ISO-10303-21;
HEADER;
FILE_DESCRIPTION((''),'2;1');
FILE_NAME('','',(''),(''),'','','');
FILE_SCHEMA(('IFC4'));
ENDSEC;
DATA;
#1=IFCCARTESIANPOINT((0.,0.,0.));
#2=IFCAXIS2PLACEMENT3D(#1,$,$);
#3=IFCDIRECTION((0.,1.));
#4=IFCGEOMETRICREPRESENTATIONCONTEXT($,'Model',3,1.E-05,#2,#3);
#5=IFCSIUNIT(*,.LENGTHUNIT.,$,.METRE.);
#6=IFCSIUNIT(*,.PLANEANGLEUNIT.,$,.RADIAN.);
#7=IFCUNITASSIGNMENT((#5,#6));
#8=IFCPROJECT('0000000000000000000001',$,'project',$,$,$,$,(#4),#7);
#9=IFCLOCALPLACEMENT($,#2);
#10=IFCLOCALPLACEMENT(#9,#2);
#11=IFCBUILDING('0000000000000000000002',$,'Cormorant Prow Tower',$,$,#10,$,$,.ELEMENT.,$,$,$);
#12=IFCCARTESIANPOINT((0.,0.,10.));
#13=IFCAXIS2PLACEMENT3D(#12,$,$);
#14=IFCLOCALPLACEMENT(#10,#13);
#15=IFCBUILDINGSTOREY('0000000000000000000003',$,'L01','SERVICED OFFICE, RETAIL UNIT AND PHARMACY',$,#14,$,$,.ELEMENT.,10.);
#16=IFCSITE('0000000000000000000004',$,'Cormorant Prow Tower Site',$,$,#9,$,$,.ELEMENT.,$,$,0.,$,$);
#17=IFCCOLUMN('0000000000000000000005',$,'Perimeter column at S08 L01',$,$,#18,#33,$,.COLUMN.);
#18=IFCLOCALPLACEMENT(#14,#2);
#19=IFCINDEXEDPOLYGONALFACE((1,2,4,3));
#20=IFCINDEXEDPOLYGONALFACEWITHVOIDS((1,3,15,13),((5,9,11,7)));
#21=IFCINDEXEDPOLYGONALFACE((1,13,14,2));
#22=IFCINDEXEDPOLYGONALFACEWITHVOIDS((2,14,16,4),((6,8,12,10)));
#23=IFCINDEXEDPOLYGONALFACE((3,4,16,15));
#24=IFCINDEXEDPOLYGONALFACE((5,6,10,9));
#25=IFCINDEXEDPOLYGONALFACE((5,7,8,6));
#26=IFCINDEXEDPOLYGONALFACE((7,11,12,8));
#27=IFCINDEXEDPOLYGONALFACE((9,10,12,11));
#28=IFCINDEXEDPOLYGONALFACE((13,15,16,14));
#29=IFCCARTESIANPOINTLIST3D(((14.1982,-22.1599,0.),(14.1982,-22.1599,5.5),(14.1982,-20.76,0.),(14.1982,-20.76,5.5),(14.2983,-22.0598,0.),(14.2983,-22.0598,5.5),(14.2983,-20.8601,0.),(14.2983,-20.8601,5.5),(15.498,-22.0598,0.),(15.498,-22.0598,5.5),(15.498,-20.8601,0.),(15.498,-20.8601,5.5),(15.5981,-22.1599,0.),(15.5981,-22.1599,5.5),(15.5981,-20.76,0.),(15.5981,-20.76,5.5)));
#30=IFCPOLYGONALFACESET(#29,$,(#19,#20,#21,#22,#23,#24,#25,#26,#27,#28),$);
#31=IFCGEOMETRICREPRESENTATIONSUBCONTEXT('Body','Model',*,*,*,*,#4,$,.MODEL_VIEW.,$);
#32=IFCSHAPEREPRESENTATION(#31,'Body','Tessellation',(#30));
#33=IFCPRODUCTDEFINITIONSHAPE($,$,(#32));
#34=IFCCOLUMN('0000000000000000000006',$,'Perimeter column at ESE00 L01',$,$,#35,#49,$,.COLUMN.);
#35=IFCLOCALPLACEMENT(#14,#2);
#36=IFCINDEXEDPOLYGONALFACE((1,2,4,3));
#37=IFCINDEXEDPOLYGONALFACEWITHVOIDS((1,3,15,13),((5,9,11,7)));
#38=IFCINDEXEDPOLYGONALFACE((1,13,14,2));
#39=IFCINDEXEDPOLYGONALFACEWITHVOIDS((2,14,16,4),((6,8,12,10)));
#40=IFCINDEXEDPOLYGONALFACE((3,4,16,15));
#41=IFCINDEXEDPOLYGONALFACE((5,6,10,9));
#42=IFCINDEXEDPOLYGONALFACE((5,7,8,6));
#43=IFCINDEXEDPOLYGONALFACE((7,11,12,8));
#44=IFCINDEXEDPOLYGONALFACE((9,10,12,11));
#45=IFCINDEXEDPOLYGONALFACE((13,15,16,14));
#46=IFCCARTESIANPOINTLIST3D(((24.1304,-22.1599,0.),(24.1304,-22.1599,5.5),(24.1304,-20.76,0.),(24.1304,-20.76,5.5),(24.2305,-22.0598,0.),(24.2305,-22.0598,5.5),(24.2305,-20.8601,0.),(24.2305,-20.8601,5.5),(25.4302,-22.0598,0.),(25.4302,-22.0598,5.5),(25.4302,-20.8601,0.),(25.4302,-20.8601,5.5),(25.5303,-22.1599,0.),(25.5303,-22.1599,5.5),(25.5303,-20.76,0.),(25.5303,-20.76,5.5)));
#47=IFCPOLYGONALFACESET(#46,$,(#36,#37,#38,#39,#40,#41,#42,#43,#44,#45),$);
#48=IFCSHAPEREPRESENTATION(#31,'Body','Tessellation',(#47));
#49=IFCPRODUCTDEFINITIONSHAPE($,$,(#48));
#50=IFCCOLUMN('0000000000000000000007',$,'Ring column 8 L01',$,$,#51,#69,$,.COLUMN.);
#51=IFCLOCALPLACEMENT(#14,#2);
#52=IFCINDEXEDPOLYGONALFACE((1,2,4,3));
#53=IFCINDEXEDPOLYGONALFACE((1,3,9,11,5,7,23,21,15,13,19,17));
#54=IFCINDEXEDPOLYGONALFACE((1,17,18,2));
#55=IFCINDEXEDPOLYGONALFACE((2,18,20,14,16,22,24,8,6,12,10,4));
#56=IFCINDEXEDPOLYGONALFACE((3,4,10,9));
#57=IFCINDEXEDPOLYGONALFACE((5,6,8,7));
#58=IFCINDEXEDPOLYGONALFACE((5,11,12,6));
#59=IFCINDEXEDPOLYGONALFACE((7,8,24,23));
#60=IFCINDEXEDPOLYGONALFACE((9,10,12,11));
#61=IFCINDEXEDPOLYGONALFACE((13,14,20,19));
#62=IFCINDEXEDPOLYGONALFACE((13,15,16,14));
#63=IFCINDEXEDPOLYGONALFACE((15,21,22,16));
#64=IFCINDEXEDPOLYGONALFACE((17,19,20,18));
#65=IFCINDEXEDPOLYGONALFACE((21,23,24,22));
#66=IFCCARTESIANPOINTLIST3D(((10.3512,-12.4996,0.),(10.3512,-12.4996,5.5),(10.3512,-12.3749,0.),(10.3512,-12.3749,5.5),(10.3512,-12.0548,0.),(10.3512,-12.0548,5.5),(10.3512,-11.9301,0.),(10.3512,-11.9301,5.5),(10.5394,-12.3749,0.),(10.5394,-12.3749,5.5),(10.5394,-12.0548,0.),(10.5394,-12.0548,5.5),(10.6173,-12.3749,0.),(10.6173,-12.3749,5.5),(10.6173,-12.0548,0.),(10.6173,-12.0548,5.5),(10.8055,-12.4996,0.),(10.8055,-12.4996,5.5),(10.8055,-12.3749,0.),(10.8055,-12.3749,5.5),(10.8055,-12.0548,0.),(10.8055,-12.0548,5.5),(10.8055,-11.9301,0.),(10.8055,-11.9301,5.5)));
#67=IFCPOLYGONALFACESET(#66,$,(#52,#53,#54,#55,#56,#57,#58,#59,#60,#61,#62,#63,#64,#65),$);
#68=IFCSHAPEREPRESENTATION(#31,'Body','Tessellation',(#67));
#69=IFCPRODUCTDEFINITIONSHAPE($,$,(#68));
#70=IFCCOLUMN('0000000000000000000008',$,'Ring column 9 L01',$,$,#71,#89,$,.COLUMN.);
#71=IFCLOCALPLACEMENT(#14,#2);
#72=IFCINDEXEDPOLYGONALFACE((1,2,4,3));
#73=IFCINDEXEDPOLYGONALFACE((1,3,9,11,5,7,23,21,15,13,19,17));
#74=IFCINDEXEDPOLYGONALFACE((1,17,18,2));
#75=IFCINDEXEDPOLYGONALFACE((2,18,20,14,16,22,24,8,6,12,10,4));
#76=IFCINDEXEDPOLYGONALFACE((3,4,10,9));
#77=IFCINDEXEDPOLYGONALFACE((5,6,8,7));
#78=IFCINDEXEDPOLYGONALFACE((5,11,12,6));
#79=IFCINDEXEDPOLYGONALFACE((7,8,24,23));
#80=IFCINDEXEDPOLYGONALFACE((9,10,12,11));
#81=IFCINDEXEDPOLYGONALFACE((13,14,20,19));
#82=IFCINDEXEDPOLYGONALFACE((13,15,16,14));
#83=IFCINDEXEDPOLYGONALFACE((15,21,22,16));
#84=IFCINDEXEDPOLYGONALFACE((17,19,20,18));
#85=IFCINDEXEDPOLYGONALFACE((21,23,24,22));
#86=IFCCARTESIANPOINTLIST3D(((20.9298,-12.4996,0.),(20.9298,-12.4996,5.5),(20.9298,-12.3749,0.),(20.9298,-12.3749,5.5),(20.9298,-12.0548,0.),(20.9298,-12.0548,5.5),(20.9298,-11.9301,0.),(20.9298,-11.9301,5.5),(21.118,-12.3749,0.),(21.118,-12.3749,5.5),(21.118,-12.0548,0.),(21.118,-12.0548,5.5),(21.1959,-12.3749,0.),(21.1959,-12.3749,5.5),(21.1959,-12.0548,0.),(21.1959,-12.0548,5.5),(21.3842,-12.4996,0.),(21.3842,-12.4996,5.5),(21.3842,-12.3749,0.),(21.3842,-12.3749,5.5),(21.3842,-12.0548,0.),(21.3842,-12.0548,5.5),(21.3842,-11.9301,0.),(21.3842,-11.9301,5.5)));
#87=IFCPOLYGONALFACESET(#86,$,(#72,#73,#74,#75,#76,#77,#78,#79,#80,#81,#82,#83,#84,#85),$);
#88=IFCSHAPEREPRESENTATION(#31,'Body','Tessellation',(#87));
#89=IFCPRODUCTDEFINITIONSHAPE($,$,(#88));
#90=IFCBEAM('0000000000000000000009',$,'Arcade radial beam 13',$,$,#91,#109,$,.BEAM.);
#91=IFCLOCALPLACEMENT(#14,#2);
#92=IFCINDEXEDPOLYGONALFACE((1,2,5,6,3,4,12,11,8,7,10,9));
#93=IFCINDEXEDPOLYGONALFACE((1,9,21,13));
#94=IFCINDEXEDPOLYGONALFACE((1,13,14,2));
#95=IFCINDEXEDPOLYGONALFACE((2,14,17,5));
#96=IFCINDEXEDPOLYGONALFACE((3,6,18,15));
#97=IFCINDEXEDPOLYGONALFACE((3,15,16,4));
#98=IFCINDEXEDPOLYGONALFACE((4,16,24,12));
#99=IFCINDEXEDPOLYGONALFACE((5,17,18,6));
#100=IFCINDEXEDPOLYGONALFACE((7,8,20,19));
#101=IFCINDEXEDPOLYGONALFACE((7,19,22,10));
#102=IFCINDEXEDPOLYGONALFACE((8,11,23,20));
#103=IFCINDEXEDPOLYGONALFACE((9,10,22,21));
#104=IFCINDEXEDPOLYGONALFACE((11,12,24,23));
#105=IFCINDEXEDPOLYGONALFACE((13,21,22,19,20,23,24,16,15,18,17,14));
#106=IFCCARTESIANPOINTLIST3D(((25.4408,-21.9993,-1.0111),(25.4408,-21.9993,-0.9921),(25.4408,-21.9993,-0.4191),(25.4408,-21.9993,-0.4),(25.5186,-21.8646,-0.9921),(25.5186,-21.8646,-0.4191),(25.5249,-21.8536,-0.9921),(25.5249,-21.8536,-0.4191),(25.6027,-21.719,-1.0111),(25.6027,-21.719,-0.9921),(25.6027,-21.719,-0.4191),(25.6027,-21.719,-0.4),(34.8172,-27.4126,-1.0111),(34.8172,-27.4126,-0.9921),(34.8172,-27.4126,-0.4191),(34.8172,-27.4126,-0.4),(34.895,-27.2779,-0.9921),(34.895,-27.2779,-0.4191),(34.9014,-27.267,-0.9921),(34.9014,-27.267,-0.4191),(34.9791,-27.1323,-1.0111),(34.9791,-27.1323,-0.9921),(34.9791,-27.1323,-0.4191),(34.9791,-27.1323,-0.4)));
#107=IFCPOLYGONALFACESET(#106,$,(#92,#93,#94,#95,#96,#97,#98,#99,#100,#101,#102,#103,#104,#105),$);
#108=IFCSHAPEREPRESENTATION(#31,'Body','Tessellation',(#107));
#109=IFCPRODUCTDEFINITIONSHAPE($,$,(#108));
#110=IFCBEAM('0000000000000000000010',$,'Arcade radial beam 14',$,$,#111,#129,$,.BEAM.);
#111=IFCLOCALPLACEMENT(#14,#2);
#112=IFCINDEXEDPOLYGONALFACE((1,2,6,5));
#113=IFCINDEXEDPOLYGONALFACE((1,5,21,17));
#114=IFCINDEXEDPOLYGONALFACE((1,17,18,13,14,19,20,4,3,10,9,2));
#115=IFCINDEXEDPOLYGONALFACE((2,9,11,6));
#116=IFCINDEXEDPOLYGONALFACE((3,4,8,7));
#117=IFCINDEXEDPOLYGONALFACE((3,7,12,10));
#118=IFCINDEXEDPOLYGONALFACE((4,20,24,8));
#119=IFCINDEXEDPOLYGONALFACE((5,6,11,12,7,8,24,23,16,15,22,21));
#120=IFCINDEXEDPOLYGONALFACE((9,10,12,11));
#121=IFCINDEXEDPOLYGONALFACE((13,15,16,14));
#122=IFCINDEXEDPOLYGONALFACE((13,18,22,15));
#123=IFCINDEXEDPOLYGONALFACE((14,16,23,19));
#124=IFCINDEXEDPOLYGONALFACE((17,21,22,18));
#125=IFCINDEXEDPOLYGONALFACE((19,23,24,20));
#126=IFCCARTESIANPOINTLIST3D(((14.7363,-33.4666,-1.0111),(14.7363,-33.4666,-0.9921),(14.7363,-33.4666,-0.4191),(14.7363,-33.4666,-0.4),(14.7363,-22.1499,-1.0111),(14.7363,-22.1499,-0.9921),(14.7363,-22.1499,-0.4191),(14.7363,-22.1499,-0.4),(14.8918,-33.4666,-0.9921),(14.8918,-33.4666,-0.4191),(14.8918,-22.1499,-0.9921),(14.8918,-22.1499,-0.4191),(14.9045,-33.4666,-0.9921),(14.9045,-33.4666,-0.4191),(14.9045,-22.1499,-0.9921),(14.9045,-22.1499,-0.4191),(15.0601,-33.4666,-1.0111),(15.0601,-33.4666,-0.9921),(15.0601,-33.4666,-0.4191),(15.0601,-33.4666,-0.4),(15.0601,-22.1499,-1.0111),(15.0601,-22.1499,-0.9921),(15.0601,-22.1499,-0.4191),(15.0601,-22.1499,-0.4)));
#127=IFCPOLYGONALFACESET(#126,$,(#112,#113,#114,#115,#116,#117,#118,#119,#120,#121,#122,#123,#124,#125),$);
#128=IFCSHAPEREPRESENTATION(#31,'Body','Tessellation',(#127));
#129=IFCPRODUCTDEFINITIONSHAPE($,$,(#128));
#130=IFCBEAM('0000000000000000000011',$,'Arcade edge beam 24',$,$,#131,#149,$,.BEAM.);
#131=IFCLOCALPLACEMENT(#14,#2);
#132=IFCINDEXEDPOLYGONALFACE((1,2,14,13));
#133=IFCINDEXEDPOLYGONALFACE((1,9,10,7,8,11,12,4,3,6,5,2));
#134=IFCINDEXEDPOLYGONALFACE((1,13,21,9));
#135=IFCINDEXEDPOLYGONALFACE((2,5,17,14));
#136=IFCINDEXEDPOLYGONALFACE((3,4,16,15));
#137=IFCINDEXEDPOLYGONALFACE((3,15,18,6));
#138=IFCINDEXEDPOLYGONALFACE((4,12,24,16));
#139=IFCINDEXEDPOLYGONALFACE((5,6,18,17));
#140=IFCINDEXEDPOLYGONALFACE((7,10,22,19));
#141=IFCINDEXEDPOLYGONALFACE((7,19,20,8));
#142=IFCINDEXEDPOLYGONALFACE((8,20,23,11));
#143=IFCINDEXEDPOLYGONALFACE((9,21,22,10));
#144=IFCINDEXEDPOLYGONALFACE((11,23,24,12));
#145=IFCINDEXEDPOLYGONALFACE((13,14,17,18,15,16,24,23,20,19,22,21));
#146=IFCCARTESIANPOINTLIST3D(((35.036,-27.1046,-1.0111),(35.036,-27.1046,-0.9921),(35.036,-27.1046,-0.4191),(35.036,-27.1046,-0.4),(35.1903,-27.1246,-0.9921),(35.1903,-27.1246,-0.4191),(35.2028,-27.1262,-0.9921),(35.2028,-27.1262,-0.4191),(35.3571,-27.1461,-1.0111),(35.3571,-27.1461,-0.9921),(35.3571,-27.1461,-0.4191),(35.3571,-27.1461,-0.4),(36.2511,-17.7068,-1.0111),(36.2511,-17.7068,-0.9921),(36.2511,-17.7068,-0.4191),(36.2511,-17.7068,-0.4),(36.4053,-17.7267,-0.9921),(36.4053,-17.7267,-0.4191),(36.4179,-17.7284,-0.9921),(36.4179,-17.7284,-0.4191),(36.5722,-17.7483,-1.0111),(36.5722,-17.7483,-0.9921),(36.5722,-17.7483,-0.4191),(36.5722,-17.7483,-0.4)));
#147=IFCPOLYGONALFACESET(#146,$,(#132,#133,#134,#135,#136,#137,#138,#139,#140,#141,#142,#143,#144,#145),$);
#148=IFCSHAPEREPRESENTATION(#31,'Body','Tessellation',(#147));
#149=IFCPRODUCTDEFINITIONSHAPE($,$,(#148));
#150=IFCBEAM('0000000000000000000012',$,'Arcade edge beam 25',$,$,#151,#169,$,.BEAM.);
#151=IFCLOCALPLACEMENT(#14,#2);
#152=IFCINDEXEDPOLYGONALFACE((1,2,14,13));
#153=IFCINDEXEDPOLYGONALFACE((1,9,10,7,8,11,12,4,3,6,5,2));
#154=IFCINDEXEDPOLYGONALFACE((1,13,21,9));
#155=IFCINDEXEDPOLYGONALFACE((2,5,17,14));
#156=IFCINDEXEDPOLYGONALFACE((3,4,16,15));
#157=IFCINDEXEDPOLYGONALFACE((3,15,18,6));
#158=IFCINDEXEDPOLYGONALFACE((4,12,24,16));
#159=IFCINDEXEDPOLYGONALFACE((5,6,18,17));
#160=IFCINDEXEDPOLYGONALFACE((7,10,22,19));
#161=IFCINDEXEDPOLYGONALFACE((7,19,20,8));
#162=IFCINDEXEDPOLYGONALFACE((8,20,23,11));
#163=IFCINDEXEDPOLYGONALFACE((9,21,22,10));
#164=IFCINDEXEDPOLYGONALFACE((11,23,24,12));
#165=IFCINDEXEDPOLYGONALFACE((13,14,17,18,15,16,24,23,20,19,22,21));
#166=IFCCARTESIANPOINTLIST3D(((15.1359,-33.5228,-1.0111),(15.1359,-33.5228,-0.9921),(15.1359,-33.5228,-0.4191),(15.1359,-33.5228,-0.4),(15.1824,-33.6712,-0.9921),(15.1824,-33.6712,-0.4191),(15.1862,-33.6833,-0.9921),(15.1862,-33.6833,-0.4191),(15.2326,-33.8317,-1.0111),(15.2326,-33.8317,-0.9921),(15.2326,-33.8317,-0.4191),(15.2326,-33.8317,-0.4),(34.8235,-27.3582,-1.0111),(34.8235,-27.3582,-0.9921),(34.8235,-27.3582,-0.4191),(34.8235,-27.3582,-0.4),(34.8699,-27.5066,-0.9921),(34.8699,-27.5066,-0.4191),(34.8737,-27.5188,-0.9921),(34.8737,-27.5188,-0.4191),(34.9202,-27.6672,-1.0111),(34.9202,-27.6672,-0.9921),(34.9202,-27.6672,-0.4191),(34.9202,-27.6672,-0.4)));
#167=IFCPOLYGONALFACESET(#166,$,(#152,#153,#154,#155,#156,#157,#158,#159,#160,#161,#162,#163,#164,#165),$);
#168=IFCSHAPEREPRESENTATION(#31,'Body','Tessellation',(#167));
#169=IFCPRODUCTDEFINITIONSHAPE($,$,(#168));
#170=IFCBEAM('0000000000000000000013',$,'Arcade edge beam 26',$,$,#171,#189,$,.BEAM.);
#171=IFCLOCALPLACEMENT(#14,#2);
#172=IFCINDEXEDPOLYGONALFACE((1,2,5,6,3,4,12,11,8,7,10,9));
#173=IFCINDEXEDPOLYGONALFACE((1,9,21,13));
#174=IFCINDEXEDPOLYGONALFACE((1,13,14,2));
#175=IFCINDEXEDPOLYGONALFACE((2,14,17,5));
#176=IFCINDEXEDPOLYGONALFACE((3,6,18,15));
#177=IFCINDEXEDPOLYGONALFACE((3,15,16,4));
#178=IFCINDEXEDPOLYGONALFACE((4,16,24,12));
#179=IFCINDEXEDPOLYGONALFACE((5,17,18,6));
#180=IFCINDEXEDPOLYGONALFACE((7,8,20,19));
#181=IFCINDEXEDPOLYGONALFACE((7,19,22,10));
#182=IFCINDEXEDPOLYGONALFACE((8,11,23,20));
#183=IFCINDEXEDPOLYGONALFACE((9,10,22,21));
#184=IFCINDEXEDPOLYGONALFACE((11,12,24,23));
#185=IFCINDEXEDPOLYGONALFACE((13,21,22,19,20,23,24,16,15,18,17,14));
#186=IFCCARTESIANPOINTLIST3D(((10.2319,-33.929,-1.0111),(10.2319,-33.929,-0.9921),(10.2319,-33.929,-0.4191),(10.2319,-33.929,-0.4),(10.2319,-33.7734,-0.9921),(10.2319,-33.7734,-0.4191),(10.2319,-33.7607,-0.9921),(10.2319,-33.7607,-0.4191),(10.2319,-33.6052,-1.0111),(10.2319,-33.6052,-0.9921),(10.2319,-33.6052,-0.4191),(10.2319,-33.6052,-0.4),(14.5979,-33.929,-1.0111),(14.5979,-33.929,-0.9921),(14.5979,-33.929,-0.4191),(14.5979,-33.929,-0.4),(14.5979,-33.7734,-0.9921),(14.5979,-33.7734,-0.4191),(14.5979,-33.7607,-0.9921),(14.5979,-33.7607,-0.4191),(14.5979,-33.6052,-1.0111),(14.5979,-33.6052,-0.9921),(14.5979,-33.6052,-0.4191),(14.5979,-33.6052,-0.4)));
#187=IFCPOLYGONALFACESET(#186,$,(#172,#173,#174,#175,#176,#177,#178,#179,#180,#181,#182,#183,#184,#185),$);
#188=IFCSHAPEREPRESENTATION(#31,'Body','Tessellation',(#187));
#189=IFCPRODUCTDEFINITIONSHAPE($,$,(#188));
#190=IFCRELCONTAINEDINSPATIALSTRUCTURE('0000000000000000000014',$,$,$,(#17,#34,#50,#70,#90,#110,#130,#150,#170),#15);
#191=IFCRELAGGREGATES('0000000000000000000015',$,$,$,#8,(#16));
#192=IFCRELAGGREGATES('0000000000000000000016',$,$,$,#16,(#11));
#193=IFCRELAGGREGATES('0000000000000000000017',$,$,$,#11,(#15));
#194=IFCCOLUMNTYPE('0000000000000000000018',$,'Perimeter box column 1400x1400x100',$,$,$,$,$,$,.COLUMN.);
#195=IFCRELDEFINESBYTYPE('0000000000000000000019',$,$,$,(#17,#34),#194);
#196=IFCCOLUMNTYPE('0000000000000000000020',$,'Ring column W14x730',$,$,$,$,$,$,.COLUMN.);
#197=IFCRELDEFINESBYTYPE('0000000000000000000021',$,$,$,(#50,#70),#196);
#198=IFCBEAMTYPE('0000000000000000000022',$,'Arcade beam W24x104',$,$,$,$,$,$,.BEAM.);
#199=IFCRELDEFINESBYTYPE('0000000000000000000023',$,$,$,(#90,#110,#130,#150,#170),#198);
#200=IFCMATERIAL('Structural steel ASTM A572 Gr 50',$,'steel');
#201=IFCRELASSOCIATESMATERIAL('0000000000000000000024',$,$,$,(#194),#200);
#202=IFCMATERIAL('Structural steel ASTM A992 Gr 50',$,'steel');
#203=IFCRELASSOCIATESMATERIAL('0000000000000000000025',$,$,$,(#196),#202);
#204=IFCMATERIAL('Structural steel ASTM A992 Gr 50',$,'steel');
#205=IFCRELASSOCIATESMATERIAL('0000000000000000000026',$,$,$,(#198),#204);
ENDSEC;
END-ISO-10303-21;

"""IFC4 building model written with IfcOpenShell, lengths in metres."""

from ifc_helpers import new_model, si_unit, direction, frame, origin, origin_2d, place, context, subcontext, project, spatial, hollow_rectangle, i_section, extrude, material, material_profile, profile_set, type_object, element, save


model = new_model("IFC4")

# Units and contexts
model_context = context("Model", 3, precision=1e-05, world=origin(), true_north=direction((0.0, 1.0)))
body_context = subcontext(model_context, "Body", "Model", "MODEL_VIEW")
ifc_project = project(units=[si_unit("LENGTHUNIT", "METRE"), si_unit("PLANEANGLEUNIT", "RADIAN")], contexts=[model_context])

# Site, building, storey
site_placement = place(None, origin())
site = spatial("IfcSite", under=ifc_project, at=site_placement, Name="Cormorant Prow Tower Site", CompositionType="ELEMENT", RefElevation=0.0)
building_placement = place(site_placement, origin())
building = spatial("IfcBuilding", under=site, at=building_placement, Name="Cormorant Prow Tower", CompositionType="ELEMENT")
storey_placement = place(building_placement, frame((0.0, 0.0, 10.0)))
storey = spatial("IfcBuildingStorey", under=building, at=storey_placement, Name="L01", Description="SERVICED OFFICE, RETAIL UNIT AND PHARMACY", CompositionType="ELEMENT", Elevation=10.0)

# Columns
ifc_material_1 = material(Name="Structural steel ASTM A572 Gr 50", Category="steel")
ifc_material_profile_1 = material_profile(ifc_material_1, hollow_rectangle(XDim=1.3999, YDim=1.3999, WallThickness=0.1001, at=origin_2d()), Name="Box 1400x1400x100")
ifc_profile_set_1 = profile_set([ifc_material_profile_1], Name="Structural steel ASTM A572 Gr 50")
column_type_1 = type_object("IfcColumnType", Name="Perimeter box column 1400x1400x100", PredefinedType="COLUMN", material=ifc_profile_set_1)
for number, where, z_axis, x_axis, name in (
    (1, (14.8982, -21.46, 0.0), (0.0, 0.0, 1.0), (1.0, 0.0, 0.0), "Perimeter column at S08 L01"),
    (2, (24.8303, -21.46, 0.0), (0.0, 0.0, 1.0), (1.0, 0.0, 0.0), "Perimeter column at ESE00 L01"),
):
    element("IfcColumn", number, at=place(storey_placement, frame(where, z_axis=z_axis, x_axis=x_axis)), inside=storey, type_object=column_type_1, Name=name, PredefinedType="COLUMN", context=body_context, shape_type="SweptSolid", body=[
        extrude(hollow_rectangle(XDim=1.3999, YDim=1.3999, WallThickness=0.1001, at=origin_2d()), origin(), (0.0, 0.0, 1.0), 5.5),
    ])
ifc_material_2 = material(Name="Structural steel ASTM A992 Gr 50", Category="steel")
ifc_material_profile_2 = material_profile(ifc_material_2, i_section(OverallWidth=0.4543, OverallDepth=0.5696, WebThickness=0.0779, FlangeThickness=0.1248, at=origin_2d()), Name="W14x730")
ifc_profile_set_2 = profile_set([ifc_material_profile_2], Name="Structural steel ASTM A992 Gr 50")
column_type_2 = type_object("IfcColumnType", Name="Ring column W14x730", PredefinedType="COLUMN", material=ifc_profile_set_2)
for number, where, z_axis, x_axis, name in (
    (3, (10.5784, -12.2148, 0.0), (0.0, 0.0, 1.0), (1.0, 0.0, 0.0), "Ring column 8 L01"),
    (4, (21.157, -12.2148, 0.0), (0.0, 0.0, 1.0), (1.0, 0.0, 0.0), "Ring column 9 L01"),
):
    element("IfcColumn", number, at=place(storey_placement, frame(where, z_axis=z_axis, x_axis=x_axis)), inside=storey, type_object=column_type_2, Name=name, PredefinedType="COLUMN", context=body_context, shape_type="SweptSolid", body=[
        extrude(i_section(OverallWidth=0.4543, OverallDepth=0.5696, WebThickness=0.0779, FlangeThickness=0.1248, at=origin_2d()), origin(), (0.0, 0.0, 1.0), 5.5),
    ])

# Beams
ifc_material_3 = material(Name="Structural steel ASTM A992 Gr 50", Category="steel")
ifc_material_profile_3 = material_profile(ifc_material_3, i_section(OverallWidth=0.3237, OverallDepth=0.6111, WebThickness=0.0127, FlangeThickness=0.019, at=origin_2d()), Name="W24x104")
ifc_profile_set_3 = profile_set([ifc_material_profile_3], Name="Structural steel ASTM A992 Gr 50")
beam_type = type_object("IfcBeamType", Name="Arcade beam W24x104", PredefinedType="BEAM", material=ifc_profile_set_3)
beam_1_placement = place(storey_placement, frame((25.5217, -21.8591, -0.7056), z_axis=(0.866032, -0.499988, 0.0), x_axis=(0.499988, 0.866032, 0.0)))
element("IfcBeam", 5, at=beam_1_placement, inside=storey, type_object=beam_type, Name="Arcade radial beam 13", PredefinedType="BEAM", context=body_context, shape_type="SweptSolid", body=[
    extrude(i_section(OverallWidth=0.3237, OverallDepth=0.6111, WebThickness=0.0127, FlangeThickness=0.019, at=origin_2d()), origin(), (0.0, 0.0, 1.0), 10.8269),
])
beam_2_placement = place(storey_placement, frame((14.8982, -22.1499, -0.7056), z_axis=(0.0, -1.0, 0.0), x_axis=(1.0, 0.0, 0.0)))
element("IfcBeam", 6, at=beam_2_placement, inside=storey, type_object=beam_type, Name="Arcade radial beam 14", PredefinedType="BEAM", context=body_context, shape_type="SweptSolid", body=[
    extrude(i_section(OverallWidth=0.3237, OverallDepth=0.6111, WebThickness=0.0127, FlangeThickness=0.019, at=origin_2d()), origin(), (0.0, 0.0, 1.0), 11.3167),
])
beam_3_placement = place(storey_placement, frame((36.4116, -17.7275, -0.7056), z_axis=(-0.128226, -0.991745, 0.0), x_axis=(0.991745, -0.128226, 0.0)))
element("IfcBeam", 7, at=beam_3_placement, inside=storey, type_object=beam_type, Name="Arcade edge beam 24", PredefinedType="BEAM", context=body_context, shape_type="SweptSolid", body=[
    extrude(i_section(OverallWidth=0.3237, OverallDepth=0.6111, WebThickness=0.0127, FlangeThickness=0.019, at=origin_2d()), origin(), (0.0, 0.0, 1.0), 9.4761),
])
beam_4_placement = place(storey_placement, frame((34.8718, -27.5127, -0.7056), z_axis=(-0.954311, -0.298814, 0.0), x_axis=(0.298814, -0.954311, 0.0)))
element("IfcBeam", 8, at=beam_4_placement, inside=storey, type_object=beam_type, Name="Arcade edge beam 25", PredefinedType="BEAM", context=body_context, shape_type="SweptSolid", body=[
    extrude(i_section(OverallWidth=0.3237, OverallDepth=0.6111, WebThickness=0.0127, FlangeThickness=0.019, at=origin_2d()), origin(), (0.0, 0.0, 1.0), 20.6301),
])
beam_5_placement = place(storey_placement, frame((14.5979, -33.7671, -0.7056), z_axis=(-1.0, 0.0, 0.0), x_axis=(0.0, -1.0, 0.0)))
element("IfcBeam", 9, at=beam_5_placement, inside=storey, type_object=beam_type, Name="Arcade edge beam 26", PredefinedType="BEAM", context=body_context, shape_type="SweptSolid", body=[
    extrude(i_section(OverallWidth=0.3237, OverallDepth=0.6111, WebThickness=0.0127, FlangeThickness=0.019, at=origin_2d()), origin(), (0.0, 0.0, 1.0), 4.366),
])

save(model, "model.ifc")
